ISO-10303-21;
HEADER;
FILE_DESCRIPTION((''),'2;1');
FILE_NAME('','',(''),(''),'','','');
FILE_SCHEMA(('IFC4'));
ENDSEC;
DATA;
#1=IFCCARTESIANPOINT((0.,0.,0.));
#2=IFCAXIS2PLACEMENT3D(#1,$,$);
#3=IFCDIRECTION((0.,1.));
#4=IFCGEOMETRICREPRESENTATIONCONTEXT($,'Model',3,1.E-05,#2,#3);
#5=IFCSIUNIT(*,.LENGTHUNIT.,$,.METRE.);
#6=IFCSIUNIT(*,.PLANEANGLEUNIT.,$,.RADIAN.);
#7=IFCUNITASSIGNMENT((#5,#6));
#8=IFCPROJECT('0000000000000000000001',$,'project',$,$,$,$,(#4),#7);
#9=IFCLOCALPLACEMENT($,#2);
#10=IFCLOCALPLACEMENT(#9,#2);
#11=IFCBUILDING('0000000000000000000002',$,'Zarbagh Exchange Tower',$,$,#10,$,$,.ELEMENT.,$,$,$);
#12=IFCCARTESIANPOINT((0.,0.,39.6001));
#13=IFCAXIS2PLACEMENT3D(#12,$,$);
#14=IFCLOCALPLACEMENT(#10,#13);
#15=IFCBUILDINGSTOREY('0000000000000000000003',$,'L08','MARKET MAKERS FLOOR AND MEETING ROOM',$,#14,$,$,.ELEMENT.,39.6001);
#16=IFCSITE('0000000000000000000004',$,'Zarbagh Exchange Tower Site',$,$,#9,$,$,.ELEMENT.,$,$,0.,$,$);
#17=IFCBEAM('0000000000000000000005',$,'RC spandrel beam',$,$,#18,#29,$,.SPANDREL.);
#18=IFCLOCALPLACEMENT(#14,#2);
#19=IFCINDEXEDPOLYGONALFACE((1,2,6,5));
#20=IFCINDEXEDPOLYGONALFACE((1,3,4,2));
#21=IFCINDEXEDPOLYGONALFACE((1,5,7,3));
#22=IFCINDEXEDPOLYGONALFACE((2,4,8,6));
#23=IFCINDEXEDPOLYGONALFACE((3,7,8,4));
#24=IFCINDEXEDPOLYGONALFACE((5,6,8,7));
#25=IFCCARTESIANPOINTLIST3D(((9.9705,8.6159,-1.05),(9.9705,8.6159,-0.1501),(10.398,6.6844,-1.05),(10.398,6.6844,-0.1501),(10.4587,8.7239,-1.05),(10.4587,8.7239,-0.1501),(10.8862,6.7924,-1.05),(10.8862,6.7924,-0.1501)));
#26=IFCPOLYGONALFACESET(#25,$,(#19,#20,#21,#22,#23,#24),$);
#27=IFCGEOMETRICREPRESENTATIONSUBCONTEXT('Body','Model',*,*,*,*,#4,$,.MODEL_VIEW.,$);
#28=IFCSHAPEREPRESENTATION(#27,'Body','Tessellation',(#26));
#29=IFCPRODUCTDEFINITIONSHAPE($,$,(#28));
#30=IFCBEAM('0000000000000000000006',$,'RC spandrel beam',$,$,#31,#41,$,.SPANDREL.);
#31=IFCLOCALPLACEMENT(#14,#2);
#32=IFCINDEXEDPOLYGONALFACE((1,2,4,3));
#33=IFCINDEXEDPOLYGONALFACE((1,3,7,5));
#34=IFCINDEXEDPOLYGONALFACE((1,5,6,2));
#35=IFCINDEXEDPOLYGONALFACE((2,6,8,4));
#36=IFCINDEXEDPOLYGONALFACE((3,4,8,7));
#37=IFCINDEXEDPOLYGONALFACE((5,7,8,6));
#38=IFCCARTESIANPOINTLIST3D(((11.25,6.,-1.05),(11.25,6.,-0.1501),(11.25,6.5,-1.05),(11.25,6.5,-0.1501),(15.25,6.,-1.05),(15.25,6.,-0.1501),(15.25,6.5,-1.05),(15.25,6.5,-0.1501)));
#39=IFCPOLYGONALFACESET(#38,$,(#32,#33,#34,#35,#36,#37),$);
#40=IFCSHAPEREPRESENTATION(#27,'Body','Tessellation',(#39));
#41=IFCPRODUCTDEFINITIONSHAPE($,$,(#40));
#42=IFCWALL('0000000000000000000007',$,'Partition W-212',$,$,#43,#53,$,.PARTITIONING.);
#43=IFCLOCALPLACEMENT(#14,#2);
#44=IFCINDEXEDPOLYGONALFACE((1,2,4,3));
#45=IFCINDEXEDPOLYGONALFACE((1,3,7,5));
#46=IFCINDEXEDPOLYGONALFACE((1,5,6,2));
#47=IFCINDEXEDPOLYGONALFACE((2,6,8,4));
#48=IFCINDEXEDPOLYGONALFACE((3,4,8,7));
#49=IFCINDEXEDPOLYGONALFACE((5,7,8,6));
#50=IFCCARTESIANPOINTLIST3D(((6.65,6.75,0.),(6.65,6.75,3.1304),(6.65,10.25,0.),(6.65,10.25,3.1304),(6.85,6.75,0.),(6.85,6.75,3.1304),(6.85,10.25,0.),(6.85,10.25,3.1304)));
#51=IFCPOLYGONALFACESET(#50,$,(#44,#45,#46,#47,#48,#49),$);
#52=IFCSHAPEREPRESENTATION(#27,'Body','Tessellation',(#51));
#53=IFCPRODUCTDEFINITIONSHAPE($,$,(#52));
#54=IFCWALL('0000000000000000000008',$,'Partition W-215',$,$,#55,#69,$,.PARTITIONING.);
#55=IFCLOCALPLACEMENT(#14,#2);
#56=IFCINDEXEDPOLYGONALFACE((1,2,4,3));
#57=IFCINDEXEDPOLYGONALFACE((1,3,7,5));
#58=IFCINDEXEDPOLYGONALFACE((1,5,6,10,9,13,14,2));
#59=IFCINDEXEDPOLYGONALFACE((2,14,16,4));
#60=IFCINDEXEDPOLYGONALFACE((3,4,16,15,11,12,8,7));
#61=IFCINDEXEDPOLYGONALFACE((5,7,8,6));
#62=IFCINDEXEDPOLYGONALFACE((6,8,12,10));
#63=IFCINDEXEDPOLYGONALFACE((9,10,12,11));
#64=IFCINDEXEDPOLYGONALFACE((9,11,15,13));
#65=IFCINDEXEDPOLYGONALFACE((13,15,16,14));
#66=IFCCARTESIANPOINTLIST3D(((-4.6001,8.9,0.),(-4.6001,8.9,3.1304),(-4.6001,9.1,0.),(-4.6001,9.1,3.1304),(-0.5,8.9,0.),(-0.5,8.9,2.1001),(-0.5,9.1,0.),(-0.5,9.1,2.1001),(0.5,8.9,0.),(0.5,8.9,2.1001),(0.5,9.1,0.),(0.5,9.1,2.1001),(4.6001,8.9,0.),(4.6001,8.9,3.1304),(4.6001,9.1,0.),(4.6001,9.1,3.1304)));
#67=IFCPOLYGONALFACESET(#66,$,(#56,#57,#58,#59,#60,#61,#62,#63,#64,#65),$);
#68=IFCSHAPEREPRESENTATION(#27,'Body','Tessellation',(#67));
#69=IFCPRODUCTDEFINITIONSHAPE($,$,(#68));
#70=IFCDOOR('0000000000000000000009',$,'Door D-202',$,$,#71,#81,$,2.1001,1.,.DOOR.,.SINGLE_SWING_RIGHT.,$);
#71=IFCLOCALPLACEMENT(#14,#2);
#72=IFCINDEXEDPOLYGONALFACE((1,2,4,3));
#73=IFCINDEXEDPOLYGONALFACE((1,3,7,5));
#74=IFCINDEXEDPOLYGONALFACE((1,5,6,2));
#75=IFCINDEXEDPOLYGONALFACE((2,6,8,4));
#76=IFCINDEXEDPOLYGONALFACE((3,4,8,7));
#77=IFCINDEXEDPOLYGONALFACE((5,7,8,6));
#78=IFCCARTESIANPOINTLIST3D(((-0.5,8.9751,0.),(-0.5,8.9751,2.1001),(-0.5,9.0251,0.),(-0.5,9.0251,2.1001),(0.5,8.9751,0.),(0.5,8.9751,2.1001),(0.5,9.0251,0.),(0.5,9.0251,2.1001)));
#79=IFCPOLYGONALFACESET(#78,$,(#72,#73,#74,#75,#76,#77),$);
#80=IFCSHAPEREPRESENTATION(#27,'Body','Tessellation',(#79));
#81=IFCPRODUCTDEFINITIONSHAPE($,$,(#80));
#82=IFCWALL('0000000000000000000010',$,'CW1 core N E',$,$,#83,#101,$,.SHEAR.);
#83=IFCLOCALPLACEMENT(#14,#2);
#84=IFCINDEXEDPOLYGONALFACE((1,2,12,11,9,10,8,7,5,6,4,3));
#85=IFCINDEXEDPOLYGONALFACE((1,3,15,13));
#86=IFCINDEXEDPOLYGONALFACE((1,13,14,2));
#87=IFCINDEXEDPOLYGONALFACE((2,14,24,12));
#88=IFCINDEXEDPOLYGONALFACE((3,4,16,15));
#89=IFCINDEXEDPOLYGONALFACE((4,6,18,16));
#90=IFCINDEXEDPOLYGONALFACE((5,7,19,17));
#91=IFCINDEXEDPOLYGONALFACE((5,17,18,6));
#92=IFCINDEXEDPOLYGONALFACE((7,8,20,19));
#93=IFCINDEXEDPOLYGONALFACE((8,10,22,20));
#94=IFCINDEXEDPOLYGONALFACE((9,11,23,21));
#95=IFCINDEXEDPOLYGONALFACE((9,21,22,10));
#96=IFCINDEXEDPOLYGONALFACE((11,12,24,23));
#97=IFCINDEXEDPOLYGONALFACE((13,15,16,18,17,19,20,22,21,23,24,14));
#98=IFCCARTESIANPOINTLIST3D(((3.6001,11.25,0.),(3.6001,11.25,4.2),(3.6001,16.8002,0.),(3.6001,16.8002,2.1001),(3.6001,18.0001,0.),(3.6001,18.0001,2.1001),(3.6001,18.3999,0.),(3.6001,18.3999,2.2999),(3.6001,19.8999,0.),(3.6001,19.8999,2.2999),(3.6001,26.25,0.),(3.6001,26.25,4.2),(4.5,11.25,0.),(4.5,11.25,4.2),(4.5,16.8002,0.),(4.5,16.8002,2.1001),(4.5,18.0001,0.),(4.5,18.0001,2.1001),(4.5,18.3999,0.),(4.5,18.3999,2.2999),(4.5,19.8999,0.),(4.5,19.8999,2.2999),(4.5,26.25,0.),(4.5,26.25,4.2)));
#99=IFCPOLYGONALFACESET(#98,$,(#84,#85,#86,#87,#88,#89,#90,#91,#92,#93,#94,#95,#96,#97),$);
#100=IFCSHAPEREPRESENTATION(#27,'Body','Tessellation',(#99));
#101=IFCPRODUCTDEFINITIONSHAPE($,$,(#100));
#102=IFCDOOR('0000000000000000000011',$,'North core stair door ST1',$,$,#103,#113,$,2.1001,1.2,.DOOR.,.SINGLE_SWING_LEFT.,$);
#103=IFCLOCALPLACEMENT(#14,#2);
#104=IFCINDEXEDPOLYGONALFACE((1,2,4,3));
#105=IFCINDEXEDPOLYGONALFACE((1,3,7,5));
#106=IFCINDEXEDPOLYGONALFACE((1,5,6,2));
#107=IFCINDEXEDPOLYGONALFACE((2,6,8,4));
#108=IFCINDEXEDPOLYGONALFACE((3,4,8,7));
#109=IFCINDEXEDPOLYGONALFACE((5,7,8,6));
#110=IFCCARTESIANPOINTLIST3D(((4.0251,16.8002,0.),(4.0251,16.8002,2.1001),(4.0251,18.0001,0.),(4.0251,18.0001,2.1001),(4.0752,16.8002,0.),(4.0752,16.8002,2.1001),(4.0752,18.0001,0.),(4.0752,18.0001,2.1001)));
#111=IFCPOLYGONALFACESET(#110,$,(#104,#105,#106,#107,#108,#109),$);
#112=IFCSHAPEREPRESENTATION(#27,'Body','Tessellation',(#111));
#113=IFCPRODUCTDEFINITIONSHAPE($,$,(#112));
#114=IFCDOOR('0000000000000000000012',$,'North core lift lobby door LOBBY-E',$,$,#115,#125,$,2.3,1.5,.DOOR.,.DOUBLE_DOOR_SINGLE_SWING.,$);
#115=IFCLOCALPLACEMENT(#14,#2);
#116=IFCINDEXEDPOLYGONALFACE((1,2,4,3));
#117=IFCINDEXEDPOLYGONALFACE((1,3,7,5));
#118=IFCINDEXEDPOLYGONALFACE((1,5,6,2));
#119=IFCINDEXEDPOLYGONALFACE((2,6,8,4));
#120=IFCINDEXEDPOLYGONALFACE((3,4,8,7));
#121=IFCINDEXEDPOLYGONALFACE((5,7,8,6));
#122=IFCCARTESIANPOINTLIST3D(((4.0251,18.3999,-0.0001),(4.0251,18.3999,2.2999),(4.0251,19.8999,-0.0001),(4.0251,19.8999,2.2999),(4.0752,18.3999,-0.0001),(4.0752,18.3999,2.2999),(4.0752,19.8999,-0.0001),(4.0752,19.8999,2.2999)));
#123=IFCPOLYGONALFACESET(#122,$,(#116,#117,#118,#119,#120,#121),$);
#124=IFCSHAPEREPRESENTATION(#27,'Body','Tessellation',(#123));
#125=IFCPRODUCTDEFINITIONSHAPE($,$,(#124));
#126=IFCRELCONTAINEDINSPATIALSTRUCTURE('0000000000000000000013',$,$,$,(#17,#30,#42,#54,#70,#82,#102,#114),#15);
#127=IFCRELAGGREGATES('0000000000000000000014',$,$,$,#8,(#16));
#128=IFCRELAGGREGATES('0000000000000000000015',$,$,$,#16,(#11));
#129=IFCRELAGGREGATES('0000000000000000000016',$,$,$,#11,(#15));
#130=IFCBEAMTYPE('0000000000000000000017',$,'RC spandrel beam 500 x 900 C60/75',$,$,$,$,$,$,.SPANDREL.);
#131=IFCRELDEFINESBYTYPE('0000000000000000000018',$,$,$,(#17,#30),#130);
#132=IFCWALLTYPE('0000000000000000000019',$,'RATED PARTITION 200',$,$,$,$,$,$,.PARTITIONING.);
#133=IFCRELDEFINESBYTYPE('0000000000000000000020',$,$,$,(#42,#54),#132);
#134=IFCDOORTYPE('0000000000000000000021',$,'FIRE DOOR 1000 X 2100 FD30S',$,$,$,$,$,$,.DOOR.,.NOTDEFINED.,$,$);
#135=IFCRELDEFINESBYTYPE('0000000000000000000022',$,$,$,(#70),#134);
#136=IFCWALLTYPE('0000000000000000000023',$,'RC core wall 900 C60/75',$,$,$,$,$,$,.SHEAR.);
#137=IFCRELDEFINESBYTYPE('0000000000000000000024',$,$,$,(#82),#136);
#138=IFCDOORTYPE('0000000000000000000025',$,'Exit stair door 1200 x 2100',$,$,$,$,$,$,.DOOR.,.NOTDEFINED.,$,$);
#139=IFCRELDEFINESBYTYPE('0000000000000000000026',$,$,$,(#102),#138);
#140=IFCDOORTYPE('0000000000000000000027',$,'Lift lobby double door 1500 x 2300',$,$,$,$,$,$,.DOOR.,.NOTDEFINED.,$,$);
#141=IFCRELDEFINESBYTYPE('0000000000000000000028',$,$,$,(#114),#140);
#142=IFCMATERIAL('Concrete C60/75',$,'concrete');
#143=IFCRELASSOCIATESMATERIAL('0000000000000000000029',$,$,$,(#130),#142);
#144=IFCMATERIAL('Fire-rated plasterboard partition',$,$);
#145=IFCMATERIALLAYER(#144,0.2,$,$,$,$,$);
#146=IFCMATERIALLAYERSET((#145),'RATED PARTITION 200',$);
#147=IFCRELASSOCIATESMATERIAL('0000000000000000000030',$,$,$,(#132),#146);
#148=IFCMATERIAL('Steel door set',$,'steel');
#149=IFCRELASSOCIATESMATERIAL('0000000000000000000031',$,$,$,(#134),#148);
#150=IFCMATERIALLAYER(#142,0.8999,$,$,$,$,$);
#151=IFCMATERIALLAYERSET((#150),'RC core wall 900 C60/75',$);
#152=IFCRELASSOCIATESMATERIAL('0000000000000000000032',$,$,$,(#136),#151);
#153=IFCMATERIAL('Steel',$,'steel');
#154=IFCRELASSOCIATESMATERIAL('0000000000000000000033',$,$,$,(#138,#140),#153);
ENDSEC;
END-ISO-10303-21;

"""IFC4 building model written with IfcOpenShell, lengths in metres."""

from ifc_helpers import new_model, si_unit, direction, frame, frame_2d, origin, origin_2d, place, context, subcontext, project, spatial, rectangle, extrude, material, layer, layer_set, material_profile, profile_set, type_object, element, fill, save


model = new_model("IFC4")

# Units and contexts
model_context = context("Model", 3, precision=1e-05, world=origin(), true_north=direction((0.0, 1.0)))
body_context = subcontext(model_context, "Body", "Model", "MODEL_VIEW")
ifc_project = project(units=[si_unit("LENGTHUNIT", "METRE"), si_unit("PLANEANGLEUNIT", "RADIAN")], contexts=[model_context])

# Site, building, storey
site_placement = place(None, origin())
site = spatial("IfcSite", under=ifc_project, at=site_placement, Name="Zarbagh Exchange Tower Site", CompositionType="ELEMENT", RefElevation=0.0)
building_placement = place(site_placement, origin())
building = spatial("IfcBuilding", under=site, at=building_placement, Name="Zarbagh Exchange Tower", CompositionType="ELEMENT")
storey_placement = place(building_placement, frame((0.0, 0.0, 39.6001)))
storey = spatial("IfcBuildingStorey", under=building, at=storey_placement, Name="L08", Description="MARKET MAKERS FLOOR AND MEETING ROOM", CompositionType="ELEMENT", Elevation=39.6001)

# Shared definitions
ifc_material_1 = material(Name="Concrete C60/75", Category="concrete")

# Beams
ifc_material_profile_1 = material_profile(ifc_material_1, rectangle(XDim=0.5, YDim=0.8999, at=origin_2d()), Name="RC spandrel beam 500 x 900 C60/75")
ifc_profile_set_1 = profile_set([ifc_material_profile_1], Name="Concrete C60/75")
beam_type = type_object("IfcBeamType", Name="RC spandrel beam 500 x 900 C60/75", PredefinedType="SPANDREL", material=ifc_profile_set_1)
beam_1_placement = place(storey_placement, frame((10.2146, 8.6699, -0.6001), z_axis=(0.216081, -0.976375, 0.0), x_axis=(0.976375, 0.216081, 0.0)))
element("IfcBeam", 1, at=beam_1_placement, inside=storey, type_object=beam_type, Name="RC spandrel beam", PredefinedType="SPANDREL", context=body_context, shape_type="SweptSolid", body=[
    extrude(rectangle(XDim=0.5, YDim=0.8999, at=origin_2d()), origin(), (0.0, 0.0, 1.0), 1.9783),
])
beam_2_placement = place(storey_placement, frame((11.25, 6.25, -0.6001), z_axis=(1.0, 0.0, 0.0), x_axis=(0.0, 1.0, 0.0)))
element("IfcBeam", 2, at=beam_2_placement, inside=storey, type_object=beam_type, Name="RC spandrel beam", PredefinedType="SPANDREL", context=body_context, shape_type="SweptSolid", body=[
    extrude(rectangle(XDim=0.5, YDim=0.8999, at=origin_2d()), origin(), (0.0, 0.0, 1.0), 4.0),
])

# Wall
ifc_material_2 = material(Name="Fire-rated plasterboard partition")
ifc_layer_1 = layer(ifc_material_2, 0.2)
ifc_layer_set_1 = layer_set([ifc_layer_1], Name="RATED PARTITION 200")
wall_type_1 = type_object("IfcWallType", Name="RATED PARTITION 200", PredefinedType="PARTITIONING", material=ifc_layer_set_1)
wall_1_placement = place(storey_placement, frame((6.75, 6.75, 0.0), z_axis=(0.0, 0.0, 1.0), x_axis=(0.0, 1.0, 0.0)))
element("IfcWall", 3, at=wall_1_placement, inside=storey, type_object=wall_type_1, Name="Partition W-212", PredefinedType="PARTITIONING", context=body_context, shape_type="SweptSolid", body=[
    extrude(rectangle(XDim=3.5, YDim=0.2, at=frame_2d((1.75, 0.0))), origin(), (0.0, 0.0, 1.0), 3.1304),
])

# Wall, opening, door
wall_2_placement = place(storey_placement, frame((4.6001, 9.0, 0.0), z_axis=(0.0, 0.0, 1.0), x_axis=(-1.0, 0.0, 0.0)))
wall_2 = element("IfcWall", 4, at=wall_2_placement, inside=storey, type_object=wall_type_1, Name="Partition W-215", PredefinedType="PARTITIONING", context=body_context, shape_type="SweptSolid", body=[
    extrude(rectangle(XDim=9.2002, YDim=0.2, at=frame_2d((4.6001, 0.0))), origin(), (0.0, 0.0, 1.0), 3.1304),
])
opening_1_placement = place(wall_2_placement, frame((4.1001, 0.0, 0.0)))
opening_1 = element("IfcOpeningElement", 5, at=opening_1_placement, cuts=wall_2, PredefinedType="OPENING", context=body_context, shape_type="SweptSolid", body=[
    extrude(rectangle(XDim=1.0, YDim=2.1001, at=frame_2d((0.5, 1.05))), frame((0.0, 0.1099, 0.0), z_axis=(0.0, -1.0, 0.0), x_axis=(1.0, 0.0, 0.0)), (0.0, 0.0, 1.0), 0.22),
])
ifc_material_3 = material(Name="Steel door set", Category="steel")
door_type_1 = type_object("IfcDoorType", Name="FIRE DOOR 1000 X 2100 FD30S", OperationType="NOTDEFINED", PredefinedType="DOOR", material=ifc_material_3)
door_1_placement = place(opening_1_placement, origin())
door_1 = element("IfcDoor", 6, at=door_1_placement, inside=storey, type_object=door_type_1, Name="Door D-202", OperationType="SINGLE_SWING_RIGHT", OverallHeight=2.1001, OverallWidth=1.0, PredefinedType="DOOR", context=body_context, shape_type="SweptSolid", body=[
    extrude(rectangle(XDim=1.0, YDim=2.1001, at=frame_2d((0.5, 1.05))), frame((0.0, 0.0249, 0.0), z_axis=(0.0, -1.0, 0.0), x_axis=(1.0, 0.0, 0.0)), (0.0, 0.0, 1.0), 0.05),
])
fill(opening_1, door_1)

# Wall, openings, doors
ifc_layer_2 = layer(ifc_material_1, 0.8999)
ifc_layer_set_2 = layer_set([ifc_layer_2], Name="RC core wall 900 C60/75")
wall_type_2 = type_object("IfcWallType", Name="RC core wall 900 C60/75", PredefinedType="SHEAR", material=ifc_layer_set_2)
wall_3_placement = place(storey_placement, frame((4.05, 11.25, 0.0), z_axis=(0.0, 0.0, 1.0), x_axis=(0.0, 1.0, 0.0)))
wall_3 = element("IfcWall", 7, at=wall_3_placement, inside=storey, type_object=wall_type_2, Name="CW1 core N E", PredefinedType="SHEAR", context=body_context, shape_type="SweptSolid", body=[
    extrude(rectangle(XDim=15.0, YDim=0.8999, at=frame_2d((7.5, 0.0))), origin(), (0.0, 0.0, 1.0), 4.2),
])
opening_2_placement = place(wall_3_placement, frame((7.1499, 0.0, 0.0)))
opening_2 = element("IfcOpeningElement", 8, at=opening_2_placement, cuts=wall_3, PredefinedType="OPENING", context=body_context, shape_type="SweptSolid", body=[
    extrude(rectangle(XDim=1.5, YDim=2.3, at=frame_2d((0.75, 1.1499))), frame((0.0, 0.46, 0.0), z_axis=(0.0, -1.0, 0.0), x_axis=(1.0, 0.0, 0.0)), (0.0, 0.0, 1.0), 0.9199),
])
opening_3_placement = place(wall_3_placement, frame((5.55, 0.0, 0.0)))
opening_3 = element("IfcOpeningElement", 9, at=opening_3_placement, cuts=wall_3, PredefinedType="OPENING", context=body_context, shape_type="SweptSolid", body=[
    extrude(rectangle(XDim=1.2, YDim=2.1001, at=frame_2d((0.6001, 1.05))), frame((0.0, 0.46, 0.0), z_axis=(0.0, -1.0, 0.0), x_axis=(1.0, 0.0, 0.0)), (0.0, 0.0, 1.0), 0.9199),
])
ifc_material_4 = material(Name="Steel", Category="steel")
door_type_2 = type_object("IfcDoorType", Name="Exit stair door 1200 x 2100", OperationType="NOTDEFINED", PredefinedType="DOOR", material=ifc_material_4)
door_2_placement = place(opening_3_placement, origin())
door_2 = element("IfcDoor", 10, at=door_2_placement, inside=storey, type_object=door_type_2, Name="North core stair door ST1", OperationType="SINGLE_SWING_LEFT", OverallHeight=2.1001, OverallWidth=1.2, PredefinedType="DOOR", context=body_context, shape_type="SweptSolid", body=[
    extrude(rectangle(XDim=1.2, YDim=2.1001, at=frame_2d((0.6001, 1.05))), frame((0.0, 0.0249, 0.0), z_axis=(0.0, -1.0, 0.0), x_axis=(1.0, 0.0, 0.0)), (0.0, 0.0, 1.0), 0.05),
])
fill(opening_3, door_2)
door_type_3 = type_object("IfcDoorType", Name="Lift lobby double door 1500 x 2300", OperationType="NOTDEFINED", PredefinedType="DOOR", material=ifc_material_4)
door_3_placement = place(opening_2_placement, origin())
door_3 = element("IfcDoor", 11, at=door_3_placement, inside=storey, type_object=door_type_3, Name="North core lift lobby door LOBBY-E", OperationType="DOUBLE_DOOR_SINGLE_SWING", OverallHeight=2.3, OverallWidth=1.5, PredefinedType="DOOR", context=body_context, shape_type="SweptSolid", body=[
    extrude(rectangle(XDim=1.5, YDim=2.3, at=frame_2d((0.75, 1.1499))), frame((0.0, 0.0249, 0.0), z_axis=(0.0, -1.0, 0.0), x_axis=(1.0, 0.0, 0.0)), (0.0, 0.0, 1.0), 0.05),
])
fill(opening_2, door_3)

save(model, "model.ifc")
